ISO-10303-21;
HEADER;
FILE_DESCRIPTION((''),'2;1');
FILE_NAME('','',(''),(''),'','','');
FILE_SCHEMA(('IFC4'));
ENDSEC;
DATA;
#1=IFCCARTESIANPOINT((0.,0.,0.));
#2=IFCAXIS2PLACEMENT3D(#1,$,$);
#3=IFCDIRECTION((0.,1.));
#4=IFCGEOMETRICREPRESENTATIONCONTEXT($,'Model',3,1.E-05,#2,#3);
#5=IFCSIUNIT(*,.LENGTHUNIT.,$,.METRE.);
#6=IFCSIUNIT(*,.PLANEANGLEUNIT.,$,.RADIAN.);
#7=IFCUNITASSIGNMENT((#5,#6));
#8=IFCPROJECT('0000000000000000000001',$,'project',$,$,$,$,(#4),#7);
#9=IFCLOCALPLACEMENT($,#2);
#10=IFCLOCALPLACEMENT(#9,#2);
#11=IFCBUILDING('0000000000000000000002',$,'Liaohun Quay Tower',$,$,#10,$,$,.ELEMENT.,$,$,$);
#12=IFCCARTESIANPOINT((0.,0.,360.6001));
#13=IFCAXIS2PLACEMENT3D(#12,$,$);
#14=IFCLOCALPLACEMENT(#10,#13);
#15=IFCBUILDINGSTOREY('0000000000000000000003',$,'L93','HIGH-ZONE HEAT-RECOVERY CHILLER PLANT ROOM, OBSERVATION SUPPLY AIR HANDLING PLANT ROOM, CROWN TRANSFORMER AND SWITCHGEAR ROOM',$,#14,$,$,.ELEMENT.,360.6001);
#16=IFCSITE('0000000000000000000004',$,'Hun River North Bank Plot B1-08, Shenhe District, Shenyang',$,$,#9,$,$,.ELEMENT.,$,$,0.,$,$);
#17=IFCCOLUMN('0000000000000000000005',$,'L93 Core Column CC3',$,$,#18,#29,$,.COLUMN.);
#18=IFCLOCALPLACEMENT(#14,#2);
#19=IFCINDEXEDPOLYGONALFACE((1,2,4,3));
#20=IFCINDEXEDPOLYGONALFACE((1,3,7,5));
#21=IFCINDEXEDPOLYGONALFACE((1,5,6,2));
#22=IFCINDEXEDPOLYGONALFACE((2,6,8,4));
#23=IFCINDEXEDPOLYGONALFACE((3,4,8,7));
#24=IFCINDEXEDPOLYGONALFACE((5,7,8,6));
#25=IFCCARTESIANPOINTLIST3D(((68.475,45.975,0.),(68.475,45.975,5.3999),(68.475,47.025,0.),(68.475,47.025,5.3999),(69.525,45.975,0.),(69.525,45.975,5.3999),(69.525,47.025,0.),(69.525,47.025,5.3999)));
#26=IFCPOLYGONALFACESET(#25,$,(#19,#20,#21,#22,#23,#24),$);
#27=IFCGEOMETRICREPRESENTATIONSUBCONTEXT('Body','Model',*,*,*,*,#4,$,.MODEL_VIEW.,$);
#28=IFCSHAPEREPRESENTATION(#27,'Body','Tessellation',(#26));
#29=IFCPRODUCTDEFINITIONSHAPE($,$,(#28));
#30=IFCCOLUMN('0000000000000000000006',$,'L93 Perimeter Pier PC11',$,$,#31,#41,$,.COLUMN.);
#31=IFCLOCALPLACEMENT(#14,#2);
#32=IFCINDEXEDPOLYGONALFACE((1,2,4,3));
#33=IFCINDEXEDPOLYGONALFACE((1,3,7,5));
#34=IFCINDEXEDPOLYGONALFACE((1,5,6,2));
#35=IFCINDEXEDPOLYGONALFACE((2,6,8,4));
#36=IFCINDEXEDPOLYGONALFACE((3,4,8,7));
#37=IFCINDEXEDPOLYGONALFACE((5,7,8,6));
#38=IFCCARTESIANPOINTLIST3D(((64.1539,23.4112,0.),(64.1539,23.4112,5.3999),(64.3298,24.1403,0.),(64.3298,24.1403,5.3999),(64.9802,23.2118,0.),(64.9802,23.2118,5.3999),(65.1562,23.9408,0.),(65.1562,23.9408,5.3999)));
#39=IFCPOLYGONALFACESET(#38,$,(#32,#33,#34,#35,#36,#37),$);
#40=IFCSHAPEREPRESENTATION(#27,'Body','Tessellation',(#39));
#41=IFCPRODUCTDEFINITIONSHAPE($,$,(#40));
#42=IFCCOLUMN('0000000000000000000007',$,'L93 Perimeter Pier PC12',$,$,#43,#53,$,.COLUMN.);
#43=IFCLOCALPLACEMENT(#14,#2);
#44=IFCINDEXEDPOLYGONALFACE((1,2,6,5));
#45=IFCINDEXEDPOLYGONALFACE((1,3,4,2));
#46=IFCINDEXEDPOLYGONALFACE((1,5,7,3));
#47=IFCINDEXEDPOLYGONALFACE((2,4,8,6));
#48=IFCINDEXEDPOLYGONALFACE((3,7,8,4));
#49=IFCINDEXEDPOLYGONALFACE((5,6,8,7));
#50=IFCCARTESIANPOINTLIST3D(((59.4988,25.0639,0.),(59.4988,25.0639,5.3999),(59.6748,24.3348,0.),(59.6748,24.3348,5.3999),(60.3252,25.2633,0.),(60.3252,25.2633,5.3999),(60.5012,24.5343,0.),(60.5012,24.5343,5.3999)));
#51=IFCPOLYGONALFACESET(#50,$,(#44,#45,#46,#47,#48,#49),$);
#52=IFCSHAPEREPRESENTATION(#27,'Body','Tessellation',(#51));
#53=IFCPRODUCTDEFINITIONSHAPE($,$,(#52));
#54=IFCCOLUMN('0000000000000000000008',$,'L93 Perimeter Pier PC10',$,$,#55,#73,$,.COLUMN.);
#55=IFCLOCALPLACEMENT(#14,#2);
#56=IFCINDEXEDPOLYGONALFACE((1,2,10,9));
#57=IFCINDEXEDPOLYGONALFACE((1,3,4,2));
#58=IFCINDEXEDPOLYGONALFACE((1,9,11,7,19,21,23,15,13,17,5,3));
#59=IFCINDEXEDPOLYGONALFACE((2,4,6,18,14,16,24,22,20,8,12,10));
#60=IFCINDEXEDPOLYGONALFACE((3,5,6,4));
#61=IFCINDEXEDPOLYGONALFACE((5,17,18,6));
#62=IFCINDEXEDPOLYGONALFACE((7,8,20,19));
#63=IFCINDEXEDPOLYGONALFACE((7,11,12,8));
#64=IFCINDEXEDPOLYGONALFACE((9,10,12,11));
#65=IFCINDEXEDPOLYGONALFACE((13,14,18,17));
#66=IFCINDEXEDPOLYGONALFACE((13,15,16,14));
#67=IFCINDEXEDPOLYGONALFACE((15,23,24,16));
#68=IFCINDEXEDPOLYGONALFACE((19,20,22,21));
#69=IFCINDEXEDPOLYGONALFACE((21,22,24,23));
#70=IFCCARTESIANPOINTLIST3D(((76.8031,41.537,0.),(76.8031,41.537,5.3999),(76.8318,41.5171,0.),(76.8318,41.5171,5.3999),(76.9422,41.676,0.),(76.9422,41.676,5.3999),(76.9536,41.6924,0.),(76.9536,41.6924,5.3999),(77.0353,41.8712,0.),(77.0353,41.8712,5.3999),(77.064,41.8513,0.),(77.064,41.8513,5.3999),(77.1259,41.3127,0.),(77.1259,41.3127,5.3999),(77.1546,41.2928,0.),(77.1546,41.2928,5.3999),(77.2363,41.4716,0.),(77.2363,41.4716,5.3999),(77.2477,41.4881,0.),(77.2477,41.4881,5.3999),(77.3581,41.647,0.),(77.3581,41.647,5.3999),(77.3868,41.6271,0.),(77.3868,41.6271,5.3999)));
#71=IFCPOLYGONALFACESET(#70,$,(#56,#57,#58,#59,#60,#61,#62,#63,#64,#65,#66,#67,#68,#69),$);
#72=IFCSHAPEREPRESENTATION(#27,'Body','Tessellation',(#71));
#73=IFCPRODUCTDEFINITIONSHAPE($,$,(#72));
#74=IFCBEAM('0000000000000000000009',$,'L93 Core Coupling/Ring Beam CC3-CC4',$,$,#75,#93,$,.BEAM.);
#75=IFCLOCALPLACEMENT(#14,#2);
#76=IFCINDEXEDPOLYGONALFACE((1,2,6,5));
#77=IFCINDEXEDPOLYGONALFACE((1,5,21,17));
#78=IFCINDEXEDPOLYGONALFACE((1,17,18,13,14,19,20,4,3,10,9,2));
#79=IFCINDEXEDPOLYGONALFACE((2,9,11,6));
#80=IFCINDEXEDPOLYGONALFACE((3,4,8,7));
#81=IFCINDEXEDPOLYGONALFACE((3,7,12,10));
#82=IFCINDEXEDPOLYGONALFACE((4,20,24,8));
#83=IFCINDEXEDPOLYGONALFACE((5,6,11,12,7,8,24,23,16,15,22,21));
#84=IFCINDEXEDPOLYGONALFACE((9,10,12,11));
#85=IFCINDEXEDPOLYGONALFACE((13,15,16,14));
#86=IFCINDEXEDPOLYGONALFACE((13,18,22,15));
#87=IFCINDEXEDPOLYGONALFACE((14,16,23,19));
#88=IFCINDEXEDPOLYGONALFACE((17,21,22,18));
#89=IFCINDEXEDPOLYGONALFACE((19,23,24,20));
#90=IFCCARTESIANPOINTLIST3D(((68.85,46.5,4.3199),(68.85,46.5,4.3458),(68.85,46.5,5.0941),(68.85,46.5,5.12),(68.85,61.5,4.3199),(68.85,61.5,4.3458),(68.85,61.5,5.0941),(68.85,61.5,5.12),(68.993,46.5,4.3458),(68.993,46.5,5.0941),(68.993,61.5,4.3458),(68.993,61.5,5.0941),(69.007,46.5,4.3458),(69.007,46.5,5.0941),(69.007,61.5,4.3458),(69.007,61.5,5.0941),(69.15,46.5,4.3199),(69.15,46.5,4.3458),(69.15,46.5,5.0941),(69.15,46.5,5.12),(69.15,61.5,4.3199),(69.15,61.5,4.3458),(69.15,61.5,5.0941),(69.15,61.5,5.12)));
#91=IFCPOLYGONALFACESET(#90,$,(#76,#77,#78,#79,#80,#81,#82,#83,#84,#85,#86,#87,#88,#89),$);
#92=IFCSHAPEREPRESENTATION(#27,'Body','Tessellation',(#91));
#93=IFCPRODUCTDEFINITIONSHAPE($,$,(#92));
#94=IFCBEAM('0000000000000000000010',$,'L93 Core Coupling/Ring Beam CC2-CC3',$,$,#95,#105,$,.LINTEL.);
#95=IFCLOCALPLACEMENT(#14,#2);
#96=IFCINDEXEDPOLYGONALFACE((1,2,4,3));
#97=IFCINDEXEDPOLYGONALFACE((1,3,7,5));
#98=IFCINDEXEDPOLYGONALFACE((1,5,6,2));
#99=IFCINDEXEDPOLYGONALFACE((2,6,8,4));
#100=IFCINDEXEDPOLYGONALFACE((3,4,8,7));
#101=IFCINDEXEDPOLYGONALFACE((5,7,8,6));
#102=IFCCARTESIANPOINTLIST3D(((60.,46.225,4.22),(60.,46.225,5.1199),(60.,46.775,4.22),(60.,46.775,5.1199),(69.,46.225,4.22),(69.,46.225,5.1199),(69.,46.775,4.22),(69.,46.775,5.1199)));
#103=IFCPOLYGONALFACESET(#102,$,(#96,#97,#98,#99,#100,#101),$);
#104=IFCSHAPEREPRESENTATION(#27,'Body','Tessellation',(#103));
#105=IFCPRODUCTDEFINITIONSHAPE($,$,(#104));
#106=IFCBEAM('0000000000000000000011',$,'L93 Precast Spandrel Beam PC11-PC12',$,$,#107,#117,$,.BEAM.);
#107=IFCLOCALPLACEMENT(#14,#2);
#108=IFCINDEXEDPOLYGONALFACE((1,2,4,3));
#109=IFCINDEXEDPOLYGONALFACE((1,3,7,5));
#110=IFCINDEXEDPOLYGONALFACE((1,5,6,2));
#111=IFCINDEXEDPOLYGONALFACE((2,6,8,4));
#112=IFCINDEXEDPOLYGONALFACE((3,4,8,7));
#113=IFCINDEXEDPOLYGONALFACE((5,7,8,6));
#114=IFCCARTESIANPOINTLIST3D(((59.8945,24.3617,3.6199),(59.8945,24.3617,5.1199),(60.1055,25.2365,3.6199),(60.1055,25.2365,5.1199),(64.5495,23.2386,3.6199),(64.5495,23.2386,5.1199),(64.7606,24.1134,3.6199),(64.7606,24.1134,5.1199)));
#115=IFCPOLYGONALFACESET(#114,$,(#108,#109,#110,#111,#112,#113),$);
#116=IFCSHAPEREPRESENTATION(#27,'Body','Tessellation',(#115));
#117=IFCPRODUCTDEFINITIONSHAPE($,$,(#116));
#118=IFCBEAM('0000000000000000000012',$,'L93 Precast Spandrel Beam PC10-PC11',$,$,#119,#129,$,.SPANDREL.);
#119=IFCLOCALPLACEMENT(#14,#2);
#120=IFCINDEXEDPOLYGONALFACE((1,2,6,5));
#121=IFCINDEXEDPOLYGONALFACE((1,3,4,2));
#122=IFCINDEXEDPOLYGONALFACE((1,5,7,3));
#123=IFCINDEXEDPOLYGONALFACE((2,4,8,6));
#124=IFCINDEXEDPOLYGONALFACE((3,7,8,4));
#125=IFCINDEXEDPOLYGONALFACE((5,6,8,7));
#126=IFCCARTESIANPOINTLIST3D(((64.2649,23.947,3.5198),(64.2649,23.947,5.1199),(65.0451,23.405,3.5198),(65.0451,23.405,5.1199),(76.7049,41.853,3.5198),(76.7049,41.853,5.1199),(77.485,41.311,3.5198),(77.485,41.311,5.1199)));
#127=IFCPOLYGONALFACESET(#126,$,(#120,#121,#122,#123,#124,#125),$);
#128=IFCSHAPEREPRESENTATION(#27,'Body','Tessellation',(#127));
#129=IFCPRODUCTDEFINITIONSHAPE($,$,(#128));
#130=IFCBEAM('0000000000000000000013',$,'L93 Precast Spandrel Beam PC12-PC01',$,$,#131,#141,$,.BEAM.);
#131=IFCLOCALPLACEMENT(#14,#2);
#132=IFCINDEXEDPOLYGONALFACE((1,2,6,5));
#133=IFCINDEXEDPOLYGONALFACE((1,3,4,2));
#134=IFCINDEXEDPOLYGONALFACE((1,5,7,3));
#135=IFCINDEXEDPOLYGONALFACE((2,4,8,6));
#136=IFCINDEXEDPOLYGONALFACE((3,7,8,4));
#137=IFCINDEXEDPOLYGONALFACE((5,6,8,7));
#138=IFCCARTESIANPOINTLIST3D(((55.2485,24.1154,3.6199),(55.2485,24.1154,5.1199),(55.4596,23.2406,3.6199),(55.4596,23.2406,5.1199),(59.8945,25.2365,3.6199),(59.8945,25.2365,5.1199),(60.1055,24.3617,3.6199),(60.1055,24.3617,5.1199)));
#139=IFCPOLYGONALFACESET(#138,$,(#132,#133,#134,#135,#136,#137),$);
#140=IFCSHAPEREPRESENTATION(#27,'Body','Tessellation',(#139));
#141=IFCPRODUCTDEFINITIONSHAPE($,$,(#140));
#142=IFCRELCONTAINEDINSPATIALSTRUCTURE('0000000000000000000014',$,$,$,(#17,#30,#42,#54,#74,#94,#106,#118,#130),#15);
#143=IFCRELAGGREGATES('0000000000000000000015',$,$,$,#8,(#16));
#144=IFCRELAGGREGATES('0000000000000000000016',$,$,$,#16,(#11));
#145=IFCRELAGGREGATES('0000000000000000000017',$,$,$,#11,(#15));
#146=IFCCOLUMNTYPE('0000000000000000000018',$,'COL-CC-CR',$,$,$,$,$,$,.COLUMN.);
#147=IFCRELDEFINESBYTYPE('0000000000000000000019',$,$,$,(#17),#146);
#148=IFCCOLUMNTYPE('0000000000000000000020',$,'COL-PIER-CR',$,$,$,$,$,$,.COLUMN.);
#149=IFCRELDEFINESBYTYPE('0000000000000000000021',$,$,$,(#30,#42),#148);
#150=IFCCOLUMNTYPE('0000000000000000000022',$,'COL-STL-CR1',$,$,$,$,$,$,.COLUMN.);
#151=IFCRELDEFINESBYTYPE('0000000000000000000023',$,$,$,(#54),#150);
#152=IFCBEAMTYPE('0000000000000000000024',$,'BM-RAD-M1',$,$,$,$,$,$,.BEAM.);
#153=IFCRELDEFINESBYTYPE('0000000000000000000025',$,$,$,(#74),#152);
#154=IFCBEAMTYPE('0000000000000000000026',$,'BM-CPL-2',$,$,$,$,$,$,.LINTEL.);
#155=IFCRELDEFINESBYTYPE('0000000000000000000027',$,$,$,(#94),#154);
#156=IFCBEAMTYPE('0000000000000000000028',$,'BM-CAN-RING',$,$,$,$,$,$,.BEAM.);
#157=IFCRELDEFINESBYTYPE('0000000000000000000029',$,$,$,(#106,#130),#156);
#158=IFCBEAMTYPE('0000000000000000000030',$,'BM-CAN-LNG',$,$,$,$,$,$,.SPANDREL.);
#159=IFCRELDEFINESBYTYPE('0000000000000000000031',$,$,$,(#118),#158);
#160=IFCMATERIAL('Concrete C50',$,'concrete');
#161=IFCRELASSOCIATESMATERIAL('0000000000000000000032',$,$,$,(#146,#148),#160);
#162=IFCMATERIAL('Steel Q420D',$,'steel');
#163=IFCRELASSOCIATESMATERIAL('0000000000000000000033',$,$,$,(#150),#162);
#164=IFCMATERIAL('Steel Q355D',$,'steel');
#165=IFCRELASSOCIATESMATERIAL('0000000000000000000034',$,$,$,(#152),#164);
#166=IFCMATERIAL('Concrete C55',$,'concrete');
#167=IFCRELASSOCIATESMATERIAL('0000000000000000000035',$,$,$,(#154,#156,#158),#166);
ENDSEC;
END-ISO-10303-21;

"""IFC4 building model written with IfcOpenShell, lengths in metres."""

from ifc_helpers import new_model, si_unit, direction, frame, origin, origin_2d, place, context, subcontext, project, spatial, rectangle, i_section, extrude, source, transform, mapped, material, material_profile, profile_set, type_object, element, save


model = new_model("IFC4")

# Units and contexts
model_context = context("Model", 3, precision=1e-05, world=origin(), true_north=direction((0.0, 1.0)))
body_context = subcontext(model_context, "Body", "Model", "MODEL_VIEW")
ifc_project = project(units=[si_unit("LENGTHUNIT", "METRE"), si_unit("PLANEANGLEUNIT", "RADIAN")], contexts=[model_context])

# Site, building, storey
site_placement = place(None, origin())
site = spatial("IfcSite", under=ifc_project, at=site_placement, Name="Hun River North Bank Plot B1-08, Shenhe District, Shenyang", CompositionType="ELEMENT", RefElevation=0.0)
building_placement = place(site_placement, origin())
building = spatial("IfcBuilding", under=site, at=building_placement, Name="Liaohun Quay Tower", CompositionType="ELEMENT")
storey_placement = place(building_placement, frame((0.0, 0.0, 360.6001)))
storey = spatial("IfcBuildingStorey", under=building, at=storey_placement, Name="L93", Description="HIGH-ZONE HEAT-RECOVERY CHILLER PLANT ROOM, OBSERVATION SUPPLY AIR HANDLING PLANT ROOM, CROWN TRANSFORMER AND SWITCHGEAR ROOM", CompositionType="ELEMENT", Elevation=360.6001)

# Columns
ifc_material_1 = material(Name="Concrete C50", Category="concrete")
ifc_material_profile_1 = material_profile(ifc_material_1, rectangle(XDim=1.05, YDim=1.05, at=origin_2d()), Name="RC1050x1050")
ifc_profile_set_1 = profile_set([ifc_material_profile_1], Name="Concrete C50")
column_type_1 = type_object("IfcColumnType", Name="COL-CC-CR", PredefinedType="COLUMN", material=ifc_profile_set_1)
shared_shape_1 = source(origin(), body_context, "Body", "SweptSolid", [
    extrude(rectangle(XDim=1.05, YDim=1.05, at=origin_2d()), origin(), (0.0, 0.0, 1.0), 5.3999),
])
column_1_placement = place(storey_placement, frame((69.0, 46.5, 0.0), z_axis=(0.0, 0.0, 1.0), x_axis=(1.0, 0.0, 0.0)))
element("IfcColumn", 1, at=column_1_placement, inside=storey, type_object=column_type_1, Name="L93 Core Column CC3", PredefinedType="COLUMN", context=body_context, shape_type="MappedRepresentation", body=[
    mapped(shared_shape_1, transform((0.0, 0.0, 0.0), x_axis=(1.0, 0.0, 0.0), y_axis=(0.0, 1.0, 0.0), z_axis=(0.0, 0.0, 1.0), scale=1.0)),
])
ifc_material_profile_2 = material_profile(ifc_material_1, rectangle(XDim=0.8501, YDim=0.75, at=origin_2d()), Name="RC850x750")
ifc_profile_set_2 = profile_set([ifc_material_profile_2], Name="Concrete C50")
column_type_2 = type_object("IfcColumnType", Name="COL-PIER-CR", PredefinedType="COLUMN", material=ifc_profile_set_2)
shared_shape_2 = source(origin(), body_context, "Body", "SweptSolid", [
    extrude(rectangle(XDim=0.8501, YDim=0.75, at=origin_2d()), origin(), (0.0, 0.0, 1.0), 5.3999),
])
for number, where, z_axis, x_axis, name in (
    (2, (64.655, 23.676, 0.0), (0.0, 0.0, 1.0), (-0.972084, 0.234633, 0.0), "L93 Perimeter Pier PC11"),
    (3, (60.0, 24.7991, 0.0), (0.0, 0.0, 1.0), (0.972084, 0.234633, 0.0), "L93 Perimeter Pier PC12"),
):
    element("IfcColumn", number, at=place(storey_placement, frame(where, z_axis=z_axis, x_axis=x_axis)), inside=storey, type_object=column_type_2, Name=name, PredefinedType="COLUMN", context=body_context, shape_type="MappedRepresentation", body=[
        mapped(shared_shape_2, transform((0.0, 0.0, 0.0), x_axis=(1.0, 0.0, 0.0), y_axis=(0.0, 1.0, 0.0), z_axis=(0.0, 0.0, 1.0), scale=1.0)),
    ])
ifc_material_2 = material(Name="Steel Q420D", Category="steel")
ifc_material_profile_3 = material_profile(ifc_material_2, i_section(OverallWidth=0.407, OverallDepth=0.428, WebThickness=0.02, FlangeThickness=0.0349, at=origin_2d()), Name="HW428x407x20x35")
ifc_profile_set_3 = profile_set([ifc_material_profile_3], Name="Steel Q420D")
column_type_3 = type_object("IfcColumnType", Name="COL-STL-CR1", PredefinedType="COLUMN", material=ifc_profile_set_3)
shared_shape_3 = source(origin(), body_context, "Body", "SweptSolid", [
    extrude(i_section(OverallWidth=0.407, OverallDepth=0.428, WebThickness=0.02, FlangeThickness=0.0349, at=origin_2d()), origin(), (0.0, 0.0, 1.0), 5.3999),
])
column_2_placement = place(storey_placement, frame((77.095, 41.582, 0.0), z_axis=(0.0, 0.0, 1.0), x_axis=(0.57057, 0.821249, 0.0)))
element("IfcColumn", 4, at=column_2_placement, inside=storey, type_object=column_type_3, Name="L93 Perimeter Pier PC10", PredefinedType="COLUMN", context=body_context, shape_type="MappedRepresentation", body=[
    mapped(shared_shape_3, transform((0.0, 0.0, 0.0), x_axis=(1.0, 0.0, 0.0), y_axis=(0.0, 1.0, 0.0), z_axis=(0.0, 0.0, 1.0), scale=1.0)),
])

# Beams
ifc_material_3 = material(Name="Steel Q355D", Category="steel")
ifc_material_profile_4 = material_profile(ifc_material_3, i_section(OverallWidth=0.3, OverallDepth=0.8, WebThickness=0.0139, FlangeThickness=0.0259, at=origin_2d()), Name="HN800x300x14x26")
ifc_profile_set_4 = profile_set([ifc_material_profile_4], Name="Steel Q355D")
beam_type_1 = type_object("IfcBeamType", Name="BM-RAD-M1", PredefinedType="BEAM", material=ifc_profile_set_4)
shared_shape_4 = source(origin(), body_context, "Body", "SweptSolid", [
    extrude(i_section(OverallWidth=0.3, OverallDepth=0.8, WebThickness=0.0139, FlangeThickness=0.0259, at=origin_2d()), origin(), (0.0, 0.0, 1.0), 15.0),
])
beam_1_placement = place(storey_placement, frame((69.0, 46.5, 4.72), z_axis=(0.0, 1.0, 0.0), x_axis=(-1.0, 0.0, 0.0)))
element("IfcBeam", 5, at=beam_1_placement, inside=storey, type_object=beam_type_1, Name="L93 Core Coupling/Ring Beam CC3-CC4", PredefinedType="BEAM", context=body_context, shape_type="MappedRepresentation", body=[
    mapped(shared_shape_4, transform((0.0, 0.0, 0.0), x_axis=(1.0, 0.0, 0.0), y_axis=(0.0, 1.0, 0.0), z_axis=(0.0, 0.0, 1.0), scale=1.0)),
])
ifc_material_4 = material(Name="Concrete C55", Category="concrete")
ifc_material_profile_5 = material_profile(ifc_material_4, rectangle(XDim=0.55, YDim=0.8999, at=origin_2d()), Name="RC550x900")
ifc_profile_set_5 = profile_set([ifc_material_profile_5], Name="Concrete C55")
beam_type_2 = type_object("IfcBeamType", Name="BM-CPL-2", PredefinedType="LINTEL", material=ifc_profile_set_5)
shared_shape_5 = source(origin(), body_context, "Body", "SweptSolid", [
    extrude(rectangle(XDim=0.55, YDim=0.8999, at=origin_2d()), origin(), (0.0, 0.0, 1.0), 9.0),
])
beam_2_placement = place(storey_placement, frame((60.0, 46.5, 4.6699), z_axis=(1.0, 0.0, 0.0), x_axis=(0.0, 1.0, 0.0)))
element("IfcBeam", 6, at=beam_2_placement, inside=storey, type_object=beam_type_2, Name="L93 Core Coupling/Ring Beam CC2-CC3", PredefinedType="LINTEL", context=body_context, shape_type="MappedRepresentation", body=[
    mapped(shared_shape_5, transform((0.0, 0.0, 0.0), x_axis=(1.0, 0.0, 0.0), y_axis=(0.0, 1.0, 0.0), z_axis=(0.0, 0.0, 1.0), scale=1.0)),
])
ifc_material_profile_6 = material_profile(ifc_material_4, rectangle(XDim=0.8999, YDim=1.5, at=origin_2d()), Name="RC900x1500")
ifc_profile_set_6 = profile_set([ifc_material_profile_6], Name="Concrete C55")
beam_type_3 = type_object("IfcBeamType", Name="BM-CAN-RING", PredefinedType="BEAM", material=ifc_profile_set_6)
shared_shape_6 = source(origin(), body_context, "Body", "SweptSolid", [
    extrude(rectangle(XDim=0.8999, YDim=1.5, at=origin_2d()), origin(), (0.0, 0.0, 1.0), 4.7886),
])
beam_3_placement = place(storey_placement, frame((64.655, 23.676, 4.3699), z_axis=(-0.97211, 0.234526, 0.0), x_axis=(-0.234526, -0.97211, 0.0)))
element("IfcBeam", 7, at=beam_3_placement, inside=storey, type_object=beam_type_3, Name="L93 Precast Spandrel Beam PC11-PC12", PredefinedType="BEAM", context=body_context, shape_type="MappedRepresentation", body=[
    mapped(shared_shape_6, transform((0.0, 0.0, 0.0), x_axis=(1.0, 0.0, 0.0), y_axis=(0.0, 1.0, 0.0), z_axis=(0.0, 0.0, 1.0), scale=1.0)),
])
ifc_material_profile_7 = material_profile(ifc_material_4, rectangle(XDim=0.95, YDim=1.6001, at=origin_2d()), Name="RC950x1600")
ifc_profile_set_7 = profile_set([ifc_material_profile_7], Name="Concrete C55")
beam_type_4 = type_object("IfcBeamType", Name="BM-CAN-LNG", PredefinedType="SPANDREL", material=ifc_profile_set_7)
shared_shape_7 = source(origin(), body_context, "Body", "SweptSolid", [
    extrude(rectangle(XDim=0.95, YDim=1.6001, at=origin_2d()), origin(), (0.0, 0.0, 1.0), 21.8032),
])
beam_4_placement = place(storey_placement, frame((77.095, 41.582, 4.3198), z_axis=(-0.570557, -0.821258, 0.0), x_axis=(0.821258, -0.570557, 0.0)))
element("IfcBeam", 8, at=beam_4_placement, inside=storey, type_object=beam_type_4, Name="L93 Precast Spandrel Beam PC10-PC11", PredefinedType="SPANDREL", context=body_context, shape_type="MappedRepresentation", body=[
    mapped(shared_shape_7, transform((0.0, 0.0, 0.0), x_axis=(1.0, 0.0, 0.0), y_axis=(0.0, 1.0, 0.0), z_axis=(0.0, 0.0, 1.0), scale=1.0)),
])
shared_shape_8 = source(origin(), body_context, "Body", "SweptSolid", [
    extrude(rectangle(XDim=0.8999, YDim=1.5, at=origin_2d()), origin(), (0.0, 0.0, 1.0), 4.7793),
])
beam_5_placement = place(storey_placement, frame((60.0, 24.7991, 4.3699), z_axis=(-0.972099, -0.234571, 0.0), x_axis=(0.234571, -0.972099, 0.0)))
element("IfcBeam", 9, at=beam_5_placement, inside=storey, type_object=beam_type_3, Name="L93 Precast Spandrel Beam PC12-PC01", PredefinedType="BEAM", context=body_context, shape_type="MappedRepresentation", body=[
    mapped(shared_shape_8, transform((0.0, 0.0, 0.0), x_axis=(1.0, 0.0, 0.0), y_axis=(0.0, 1.0, 0.0), z_axis=(0.0, 0.0, 1.0), scale=1.0)),
])

save(model, "model.ifc")
